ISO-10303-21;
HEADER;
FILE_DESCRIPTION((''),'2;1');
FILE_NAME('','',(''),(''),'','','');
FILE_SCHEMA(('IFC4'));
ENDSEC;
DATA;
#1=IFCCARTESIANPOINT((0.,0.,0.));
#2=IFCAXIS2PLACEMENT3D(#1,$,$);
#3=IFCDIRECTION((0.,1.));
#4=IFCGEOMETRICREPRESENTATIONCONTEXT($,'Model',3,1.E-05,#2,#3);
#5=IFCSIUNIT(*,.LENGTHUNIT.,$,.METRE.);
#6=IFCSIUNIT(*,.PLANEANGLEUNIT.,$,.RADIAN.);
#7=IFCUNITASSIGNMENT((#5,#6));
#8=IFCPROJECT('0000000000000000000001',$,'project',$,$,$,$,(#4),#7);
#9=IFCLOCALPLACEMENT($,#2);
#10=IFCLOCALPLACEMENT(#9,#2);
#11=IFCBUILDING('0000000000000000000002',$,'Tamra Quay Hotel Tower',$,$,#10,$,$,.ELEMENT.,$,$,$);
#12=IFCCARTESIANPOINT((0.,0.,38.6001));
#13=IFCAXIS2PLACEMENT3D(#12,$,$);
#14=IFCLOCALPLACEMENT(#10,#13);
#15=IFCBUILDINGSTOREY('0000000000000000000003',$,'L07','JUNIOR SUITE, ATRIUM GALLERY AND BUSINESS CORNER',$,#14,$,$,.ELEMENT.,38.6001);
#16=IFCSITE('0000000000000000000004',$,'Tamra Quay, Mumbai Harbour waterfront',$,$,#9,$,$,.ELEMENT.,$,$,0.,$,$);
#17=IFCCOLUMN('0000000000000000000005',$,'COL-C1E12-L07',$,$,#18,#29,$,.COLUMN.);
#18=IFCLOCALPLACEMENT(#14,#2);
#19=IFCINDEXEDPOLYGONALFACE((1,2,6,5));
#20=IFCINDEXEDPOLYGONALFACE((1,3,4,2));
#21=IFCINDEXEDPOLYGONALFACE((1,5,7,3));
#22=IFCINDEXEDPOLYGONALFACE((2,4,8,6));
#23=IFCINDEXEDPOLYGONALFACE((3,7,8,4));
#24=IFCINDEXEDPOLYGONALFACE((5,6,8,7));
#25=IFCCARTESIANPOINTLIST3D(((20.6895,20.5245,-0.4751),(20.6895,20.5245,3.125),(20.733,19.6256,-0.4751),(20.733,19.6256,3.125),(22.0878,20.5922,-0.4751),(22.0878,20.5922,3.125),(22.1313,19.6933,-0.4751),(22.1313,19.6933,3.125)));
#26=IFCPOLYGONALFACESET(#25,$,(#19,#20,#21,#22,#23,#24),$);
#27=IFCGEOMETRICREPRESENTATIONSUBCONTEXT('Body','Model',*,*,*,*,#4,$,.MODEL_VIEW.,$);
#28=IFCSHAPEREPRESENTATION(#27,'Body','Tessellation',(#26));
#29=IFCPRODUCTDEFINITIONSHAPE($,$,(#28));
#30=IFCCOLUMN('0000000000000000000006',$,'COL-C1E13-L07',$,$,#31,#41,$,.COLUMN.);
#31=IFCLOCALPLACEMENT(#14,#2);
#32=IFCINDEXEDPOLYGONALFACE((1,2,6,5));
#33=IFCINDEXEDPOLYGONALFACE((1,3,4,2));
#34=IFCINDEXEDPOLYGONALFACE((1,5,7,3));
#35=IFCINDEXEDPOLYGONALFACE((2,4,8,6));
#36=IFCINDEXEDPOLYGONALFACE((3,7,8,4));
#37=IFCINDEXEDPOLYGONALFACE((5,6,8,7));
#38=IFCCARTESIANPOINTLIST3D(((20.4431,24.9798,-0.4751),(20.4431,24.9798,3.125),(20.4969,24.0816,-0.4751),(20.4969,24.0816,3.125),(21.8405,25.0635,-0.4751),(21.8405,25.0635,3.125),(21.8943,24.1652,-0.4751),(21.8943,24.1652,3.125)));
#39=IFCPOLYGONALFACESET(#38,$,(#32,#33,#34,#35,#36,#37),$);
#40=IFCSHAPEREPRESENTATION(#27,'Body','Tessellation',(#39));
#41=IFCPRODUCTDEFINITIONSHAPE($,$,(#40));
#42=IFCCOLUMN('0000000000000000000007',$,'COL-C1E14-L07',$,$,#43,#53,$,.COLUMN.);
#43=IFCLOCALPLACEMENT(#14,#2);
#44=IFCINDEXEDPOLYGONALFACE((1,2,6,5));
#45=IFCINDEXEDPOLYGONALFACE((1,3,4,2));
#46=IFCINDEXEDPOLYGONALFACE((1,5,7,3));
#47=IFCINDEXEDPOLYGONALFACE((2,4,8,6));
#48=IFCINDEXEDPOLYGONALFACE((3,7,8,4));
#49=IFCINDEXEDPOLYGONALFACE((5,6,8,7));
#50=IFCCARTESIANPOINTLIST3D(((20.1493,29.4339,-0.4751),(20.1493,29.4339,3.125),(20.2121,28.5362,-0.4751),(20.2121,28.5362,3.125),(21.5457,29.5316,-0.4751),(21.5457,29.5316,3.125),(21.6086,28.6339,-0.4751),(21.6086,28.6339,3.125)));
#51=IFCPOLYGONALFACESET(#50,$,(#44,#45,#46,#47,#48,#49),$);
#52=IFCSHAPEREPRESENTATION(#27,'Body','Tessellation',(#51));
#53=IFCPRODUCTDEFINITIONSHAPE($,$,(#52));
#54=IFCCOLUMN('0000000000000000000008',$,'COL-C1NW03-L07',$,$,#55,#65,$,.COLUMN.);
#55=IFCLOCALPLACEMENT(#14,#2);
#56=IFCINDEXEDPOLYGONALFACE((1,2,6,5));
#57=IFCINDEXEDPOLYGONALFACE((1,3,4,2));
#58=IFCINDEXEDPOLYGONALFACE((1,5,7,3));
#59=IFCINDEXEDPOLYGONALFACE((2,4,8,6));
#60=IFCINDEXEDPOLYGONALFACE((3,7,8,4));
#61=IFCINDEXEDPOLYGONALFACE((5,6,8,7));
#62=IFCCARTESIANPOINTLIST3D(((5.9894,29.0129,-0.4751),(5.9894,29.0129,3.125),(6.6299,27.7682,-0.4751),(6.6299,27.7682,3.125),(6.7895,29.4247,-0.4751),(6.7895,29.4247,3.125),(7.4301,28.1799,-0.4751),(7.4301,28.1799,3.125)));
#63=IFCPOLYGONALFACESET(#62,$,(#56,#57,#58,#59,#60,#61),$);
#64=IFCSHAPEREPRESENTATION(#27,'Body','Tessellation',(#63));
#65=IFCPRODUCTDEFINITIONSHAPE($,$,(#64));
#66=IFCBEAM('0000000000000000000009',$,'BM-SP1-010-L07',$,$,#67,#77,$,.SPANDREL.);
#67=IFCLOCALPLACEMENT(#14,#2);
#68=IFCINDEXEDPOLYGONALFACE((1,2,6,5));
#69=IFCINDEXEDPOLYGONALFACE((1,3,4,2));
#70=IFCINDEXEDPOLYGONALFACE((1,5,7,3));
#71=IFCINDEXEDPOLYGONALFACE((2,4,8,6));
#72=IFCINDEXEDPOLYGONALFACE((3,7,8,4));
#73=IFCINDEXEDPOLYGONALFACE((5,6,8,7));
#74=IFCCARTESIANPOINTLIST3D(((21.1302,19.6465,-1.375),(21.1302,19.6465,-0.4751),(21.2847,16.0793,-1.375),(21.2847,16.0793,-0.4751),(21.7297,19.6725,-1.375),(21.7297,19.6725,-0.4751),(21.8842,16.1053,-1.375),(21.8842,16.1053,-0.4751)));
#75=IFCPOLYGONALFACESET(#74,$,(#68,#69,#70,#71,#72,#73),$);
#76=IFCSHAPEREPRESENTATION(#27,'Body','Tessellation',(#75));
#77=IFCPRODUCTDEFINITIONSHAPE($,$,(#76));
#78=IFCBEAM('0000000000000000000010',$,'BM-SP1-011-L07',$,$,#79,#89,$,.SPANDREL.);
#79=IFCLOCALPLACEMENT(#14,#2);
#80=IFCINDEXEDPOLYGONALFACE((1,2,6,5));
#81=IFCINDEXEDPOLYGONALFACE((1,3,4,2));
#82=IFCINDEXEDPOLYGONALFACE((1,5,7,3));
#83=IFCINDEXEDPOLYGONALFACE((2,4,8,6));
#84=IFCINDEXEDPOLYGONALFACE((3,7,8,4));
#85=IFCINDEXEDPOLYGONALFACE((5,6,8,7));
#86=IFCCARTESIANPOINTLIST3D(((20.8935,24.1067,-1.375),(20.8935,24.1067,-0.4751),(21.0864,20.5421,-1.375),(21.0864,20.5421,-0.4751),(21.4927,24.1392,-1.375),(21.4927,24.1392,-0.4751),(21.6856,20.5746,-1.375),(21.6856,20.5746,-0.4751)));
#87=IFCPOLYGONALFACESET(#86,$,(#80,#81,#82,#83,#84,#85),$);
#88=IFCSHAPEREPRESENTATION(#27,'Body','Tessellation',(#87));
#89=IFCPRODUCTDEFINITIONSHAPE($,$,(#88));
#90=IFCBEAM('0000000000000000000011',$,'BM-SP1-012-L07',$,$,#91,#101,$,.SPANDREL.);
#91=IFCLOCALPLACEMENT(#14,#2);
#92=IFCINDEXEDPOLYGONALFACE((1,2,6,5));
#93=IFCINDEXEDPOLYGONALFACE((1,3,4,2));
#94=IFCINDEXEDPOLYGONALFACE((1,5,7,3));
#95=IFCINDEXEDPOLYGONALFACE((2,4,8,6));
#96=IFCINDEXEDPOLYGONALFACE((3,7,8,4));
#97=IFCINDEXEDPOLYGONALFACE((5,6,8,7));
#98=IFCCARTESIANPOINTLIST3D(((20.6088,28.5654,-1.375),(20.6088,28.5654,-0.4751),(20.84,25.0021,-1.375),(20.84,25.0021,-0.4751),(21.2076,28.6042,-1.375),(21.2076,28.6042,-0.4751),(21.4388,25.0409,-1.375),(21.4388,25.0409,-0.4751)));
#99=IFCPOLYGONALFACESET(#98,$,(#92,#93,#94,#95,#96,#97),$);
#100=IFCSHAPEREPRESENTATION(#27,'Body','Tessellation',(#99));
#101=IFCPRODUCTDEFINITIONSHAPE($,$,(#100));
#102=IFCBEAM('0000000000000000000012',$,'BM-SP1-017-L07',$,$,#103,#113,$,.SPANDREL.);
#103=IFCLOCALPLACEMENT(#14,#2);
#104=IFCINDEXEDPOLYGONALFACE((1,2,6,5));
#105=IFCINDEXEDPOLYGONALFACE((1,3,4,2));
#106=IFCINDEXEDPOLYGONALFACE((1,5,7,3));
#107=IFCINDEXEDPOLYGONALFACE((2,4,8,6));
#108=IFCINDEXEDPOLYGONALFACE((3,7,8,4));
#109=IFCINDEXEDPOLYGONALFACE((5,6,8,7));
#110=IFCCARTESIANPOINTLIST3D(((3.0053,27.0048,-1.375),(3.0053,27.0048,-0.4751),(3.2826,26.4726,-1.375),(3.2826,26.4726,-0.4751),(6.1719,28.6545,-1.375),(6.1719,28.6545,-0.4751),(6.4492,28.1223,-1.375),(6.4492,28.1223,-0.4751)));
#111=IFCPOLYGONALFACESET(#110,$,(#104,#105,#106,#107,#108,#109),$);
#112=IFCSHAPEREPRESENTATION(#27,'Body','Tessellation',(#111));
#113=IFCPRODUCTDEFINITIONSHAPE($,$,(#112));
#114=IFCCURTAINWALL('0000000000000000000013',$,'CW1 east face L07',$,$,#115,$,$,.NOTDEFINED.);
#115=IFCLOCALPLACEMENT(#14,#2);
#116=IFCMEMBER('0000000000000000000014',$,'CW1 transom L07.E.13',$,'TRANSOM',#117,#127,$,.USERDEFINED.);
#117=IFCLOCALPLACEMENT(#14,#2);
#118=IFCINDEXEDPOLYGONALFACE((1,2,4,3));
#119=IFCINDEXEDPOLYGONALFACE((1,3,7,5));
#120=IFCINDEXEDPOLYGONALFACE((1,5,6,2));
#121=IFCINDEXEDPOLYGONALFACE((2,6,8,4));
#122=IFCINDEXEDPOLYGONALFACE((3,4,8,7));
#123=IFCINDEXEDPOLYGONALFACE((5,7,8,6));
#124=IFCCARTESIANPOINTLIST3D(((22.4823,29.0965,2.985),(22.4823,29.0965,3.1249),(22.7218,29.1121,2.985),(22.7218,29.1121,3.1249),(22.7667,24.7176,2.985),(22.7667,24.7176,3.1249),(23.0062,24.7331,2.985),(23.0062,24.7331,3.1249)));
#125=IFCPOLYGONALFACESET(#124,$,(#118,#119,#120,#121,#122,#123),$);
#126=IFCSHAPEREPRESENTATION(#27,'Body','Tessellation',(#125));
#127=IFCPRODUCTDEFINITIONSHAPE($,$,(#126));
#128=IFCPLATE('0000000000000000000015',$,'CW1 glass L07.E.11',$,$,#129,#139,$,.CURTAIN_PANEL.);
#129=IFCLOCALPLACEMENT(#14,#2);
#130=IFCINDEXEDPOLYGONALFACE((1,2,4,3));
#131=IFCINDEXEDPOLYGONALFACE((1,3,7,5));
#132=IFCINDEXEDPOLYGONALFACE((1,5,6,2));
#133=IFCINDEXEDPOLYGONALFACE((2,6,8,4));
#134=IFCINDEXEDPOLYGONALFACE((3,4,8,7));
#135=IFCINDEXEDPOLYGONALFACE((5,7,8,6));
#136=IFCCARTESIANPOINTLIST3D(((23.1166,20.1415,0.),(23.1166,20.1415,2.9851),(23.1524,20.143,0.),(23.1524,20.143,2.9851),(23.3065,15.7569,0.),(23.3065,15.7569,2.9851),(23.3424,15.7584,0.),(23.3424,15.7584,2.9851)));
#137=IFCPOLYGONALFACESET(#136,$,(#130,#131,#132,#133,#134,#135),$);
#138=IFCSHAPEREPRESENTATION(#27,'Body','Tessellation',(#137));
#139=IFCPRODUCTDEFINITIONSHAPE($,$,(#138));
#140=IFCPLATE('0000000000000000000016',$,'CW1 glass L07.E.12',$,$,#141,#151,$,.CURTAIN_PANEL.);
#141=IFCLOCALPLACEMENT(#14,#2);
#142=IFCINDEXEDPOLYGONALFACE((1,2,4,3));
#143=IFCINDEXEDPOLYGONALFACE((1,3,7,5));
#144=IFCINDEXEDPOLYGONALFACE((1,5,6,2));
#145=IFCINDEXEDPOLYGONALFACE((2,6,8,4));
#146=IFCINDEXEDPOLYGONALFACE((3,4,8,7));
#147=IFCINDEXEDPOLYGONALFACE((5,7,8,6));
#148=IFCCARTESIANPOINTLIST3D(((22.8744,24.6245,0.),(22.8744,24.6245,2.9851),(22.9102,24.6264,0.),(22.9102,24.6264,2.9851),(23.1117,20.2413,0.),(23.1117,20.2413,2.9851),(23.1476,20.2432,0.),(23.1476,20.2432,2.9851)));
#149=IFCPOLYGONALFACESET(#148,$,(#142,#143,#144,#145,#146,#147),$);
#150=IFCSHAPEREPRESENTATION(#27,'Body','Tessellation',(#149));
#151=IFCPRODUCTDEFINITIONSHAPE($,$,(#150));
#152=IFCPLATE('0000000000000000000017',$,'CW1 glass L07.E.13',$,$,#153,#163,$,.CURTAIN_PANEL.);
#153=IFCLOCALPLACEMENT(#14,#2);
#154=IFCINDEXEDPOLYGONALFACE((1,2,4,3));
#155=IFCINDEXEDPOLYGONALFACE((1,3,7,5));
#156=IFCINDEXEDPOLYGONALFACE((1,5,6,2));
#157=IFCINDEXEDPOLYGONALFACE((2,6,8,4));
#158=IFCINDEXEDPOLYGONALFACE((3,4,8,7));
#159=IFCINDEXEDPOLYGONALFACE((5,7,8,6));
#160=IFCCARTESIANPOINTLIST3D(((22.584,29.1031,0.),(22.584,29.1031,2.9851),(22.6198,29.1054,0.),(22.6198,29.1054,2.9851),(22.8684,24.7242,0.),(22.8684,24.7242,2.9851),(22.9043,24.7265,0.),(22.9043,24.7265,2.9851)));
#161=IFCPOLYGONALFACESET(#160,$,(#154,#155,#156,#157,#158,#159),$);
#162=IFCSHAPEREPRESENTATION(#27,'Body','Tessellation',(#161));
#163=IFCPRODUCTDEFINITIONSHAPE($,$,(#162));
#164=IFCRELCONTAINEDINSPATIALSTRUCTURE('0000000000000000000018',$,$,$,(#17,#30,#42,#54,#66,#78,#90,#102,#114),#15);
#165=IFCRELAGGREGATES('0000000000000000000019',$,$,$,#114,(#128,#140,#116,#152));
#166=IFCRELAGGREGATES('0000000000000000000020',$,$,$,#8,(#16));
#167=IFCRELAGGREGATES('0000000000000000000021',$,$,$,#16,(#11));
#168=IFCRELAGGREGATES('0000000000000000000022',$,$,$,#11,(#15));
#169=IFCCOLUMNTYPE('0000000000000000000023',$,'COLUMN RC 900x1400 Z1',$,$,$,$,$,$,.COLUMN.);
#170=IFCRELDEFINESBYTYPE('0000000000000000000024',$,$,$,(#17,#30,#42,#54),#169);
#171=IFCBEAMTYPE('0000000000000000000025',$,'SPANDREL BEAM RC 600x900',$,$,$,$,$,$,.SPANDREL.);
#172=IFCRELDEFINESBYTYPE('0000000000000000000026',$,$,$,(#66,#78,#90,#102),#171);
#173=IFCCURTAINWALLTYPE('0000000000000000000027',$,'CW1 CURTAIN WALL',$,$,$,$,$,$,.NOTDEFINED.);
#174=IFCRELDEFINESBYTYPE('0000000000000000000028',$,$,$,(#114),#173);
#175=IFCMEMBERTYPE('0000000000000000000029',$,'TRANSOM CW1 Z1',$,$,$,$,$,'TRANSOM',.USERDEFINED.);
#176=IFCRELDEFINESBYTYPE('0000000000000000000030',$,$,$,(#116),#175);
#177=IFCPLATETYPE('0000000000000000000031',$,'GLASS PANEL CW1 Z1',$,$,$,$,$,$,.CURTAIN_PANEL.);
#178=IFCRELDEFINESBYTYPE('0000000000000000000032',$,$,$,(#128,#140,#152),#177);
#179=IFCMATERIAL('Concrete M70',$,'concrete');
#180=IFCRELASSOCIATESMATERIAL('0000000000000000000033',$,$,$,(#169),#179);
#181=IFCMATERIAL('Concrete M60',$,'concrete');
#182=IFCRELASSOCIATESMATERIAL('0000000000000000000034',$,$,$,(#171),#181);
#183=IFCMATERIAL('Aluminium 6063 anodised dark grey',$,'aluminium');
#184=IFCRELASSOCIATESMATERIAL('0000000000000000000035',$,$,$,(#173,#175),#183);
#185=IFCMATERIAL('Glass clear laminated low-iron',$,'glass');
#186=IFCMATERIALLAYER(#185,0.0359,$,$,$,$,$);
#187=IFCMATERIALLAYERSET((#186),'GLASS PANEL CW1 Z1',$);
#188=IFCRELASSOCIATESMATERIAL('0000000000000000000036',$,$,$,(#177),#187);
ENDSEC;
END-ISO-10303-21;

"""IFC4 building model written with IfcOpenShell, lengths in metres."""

from ifc_helpers import new_model, si_unit, direction, frame, origin, origin_2d, place, context, subcontext, project, spatial, rectangle, extrude, material, layer, layer_set, material_profile, profile_set, type_object, element, aggregate, save


model = new_model("IFC4")

# Units and contexts
model_context = context("Model", 3, precision=1e-05, world=origin(), true_north=direction((0.0, 1.0)))
body_context = subcontext(model_context, "Body", "Model", "MODEL_VIEW")
ifc_project = project(units=[si_unit("LENGTHUNIT", "METRE"), si_unit("PLANEANGLEUNIT", "RADIAN")], contexts=[model_context])

# Site, building, storey
site_placement = place(None, origin())
site = spatial("IfcSite", under=ifc_project, at=site_placement, Name="Tamra Quay, Mumbai Harbour waterfront", CompositionType="ELEMENT", RefElevation=0.0)
building_placement = place(site_placement, origin())
building = spatial("IfcBuilding", under=site, at=building_placement, Name="Tamra Quay Hotel Tower", CompositionType="ELEMENT")
storey_placement = place(building_placement, frame((0.0, 0.0, 38.6001)))
storey = spatial("IfcBuildingStorey", under=building, at=storey_placement, Name="L07", Description="JUNIOR SUITE, ATRIUM GALLERY AND BUSINESS CORNER", CompositionType="ELEMENT", Elevation=38.6001)

# Columns
ifc_material_1 = material(Name="Concrete M70", Category="concrete")
ifc_material_profile_1 = material_profile(ifc_material_1, rectangle(XDim=1.3999, YDim=0.8999, at=origin_2d()), Name="COLUMN RC 900x1400 Z1")
ifc_profile_set_1 = profile_set([ifc_material_profile_1], Name="Concrete M70")
column_type = type_object("IfcColumnType", Name="COLUMN RC 900x1400 Z1", PredefinedType="COLUMN", material=ifc_profile_set_1)
for number, where, z_axis, x_axis, name in (
    (1, (21.4104, 20.1089, -0.4751), (0.0, 0.0, 1.0), (0.998831, 0.048344, 0.0), "COL-C1E12-L07"),
    (2, (21.1687, 24.5725, -0.4751), (0.0, 0.0, 1.0), (0.998214, 0.059733, 0.0), "COL-C1E13-L07"),
    (3, (20.8789, 29.0339, -0.4751), (0.0, 0.0, 1.0), (0.997562, 0.06979, 0.0), "COL-C1E14-L07"),
    (4, (6.7097, 28.5964, -0.4751), (0.0, 0.0, 1.0), (-0.457548, 0.889185, 0.0), "COL-C1NW03-L07"),
):
    element("IfcColumn", number, at=place(storey_placement, frame(where, z_axis=z_axis, x_axis=x_axis)), inside=storey, type_object=column_type, Name=name, PredefinedType="COLUMN", context=body_context, shape_type="SweptSolid", body=[
        extrude(rectangle(XDim=1.3999, YDim=0.8999, at=origin_2d()), origin(), (0.0, 0.0, 1.0), 3.6001),
    ])

# Beams
ifc_material_2 = material(Name="Concrete M60", Category="concrete")
ifc_material_profile_2 = material_profile(ifc_material_2, rectangle(XDim=0.6001, YDim=0.8999, at=origin_2d()), Name="SPANDREL BEAM RC 600x900")
ifc_profile_set_2 = profile_set([ifc_material_profile_2], Name="Concrete M60")
beam_type = type_object("IfcBeamType", Name="SPANDREL BEAM RC 600x900", PredefinedType="SPANDREL", material=ifc_profile_set_2)
beam_1_placement = place(storey_placement, frame((21.5845, 16.0923, -0.925), z_axis=(-0.043283, 0.999063, 0.0), x_axis=(-0.999063, -0.043283, 0.0)))
element("IfcBeam", 5, at=beam_1_placement, inside=storey, type_object=beam_type, Name="BM-SP1-010-L07", PredefinedType="SPANDREL", context=body_context, shape_type="SweptSolid", body=[
    extrude(rectangle(XDim=0.6001, YDim=0.8999, at=origin_2d()), origin(), (0.0, 0.0, 1.0), 3.5706),
])
beam_2_placement = place(storey_placement, frame((21.386, 20.5583, -0.925), z_axis=(-0.054027, 0.998539, 0.0), x_axis=(-0.998539, -0.054027, 0.0)))
element("IfcBeam", 6, at=beam_2_placement, inside=storey, type_object=beam_type, Name="BM-SP1-011-L07", PredefinedType="SPANDREL", context=body_context, shape_type="SweptSolid", body=[
    extrude(rectangle(XDim=0.6001, YDim=0.8999, at=origin_2d()), origin(), (0.0, 0.0, 1.0), 3.5698),
])
beam_3_placement = place(storey_placement, frame((21.1394, 25.0215, -0.925), z_axis=(-0.064749, 0.997902, 0.0), x_axis=(-0.997902, -0.064749, 0.0)))
element("IfcBeam", 7, at=beam_3_placement, inside=storey, type_object=beam_type, Name="BM-SP1-012-L07", PredefinedType="SPANDREL", context=body_context, shape_type="SweptSolid", body=[
    extrude(rectangle(XDim=0.6001, YDim=0.8999, at=origin_2d()), origin(), (0.0, 0.0, 1.0), 3.5708),
])
beam_4_placement = place(storey_placement, frame((6.3105, 28.3884, -0.925), z_axis=(-0.886864, -0.462031, 0.0), x_axis=(0.462031, -0.886864, 0.0)))
element("IfcBeam", 8, at=beam_4_placement, inside=storey, type_object=beam_type, Name="BM-SP1-017-L07", PredefinedType="SPANDREL", context=body_context, shape_type="SweptSolid", body=[
    extrude(rectangle(XDim=0.6001, YDim=0.8999, at=origin_2d()), origin(), (0.0, 0.0, 1.0), 3.5706),
])

# Curtain wall, member, plates
ifc_material_3 = material(Name="Aluminium 6063 anodised dark grey", Category="aluminium")
curtain_wall_type = type_object("IfcCurtainWallType", Name="CW1 CURTAIN WALL", PredefinedType="NOTDEFINED", material=ifc_material_3)
curtain_wall_placement = place(storey_placement, origin())
curtain_wall = element("IfcCurtainWall", 9, at=curtain_wall_placement, inside=storey, type_object=curtain_wall_type, Name="CW1 east face L07", PredefinedType="NOTDEFINED")
ifc_material_profile_3 = material_profile(ifc_material_3, rectangle(XDim=0.24, YDim=0.1399, at=origin_2d()), Name="TRANSOM 240X140")
ifc_profile_set_3 = profile_set([ifc_material_profile_3], Name="Aluminium 6063 anodised dark grey")
member_type = type_object("IfcMemberType", Name="TRANSOM CW1 Z1", ElementType="TRANSOM", PredefinedType="USERDEFINED", material=ifc_profile_set_3)
member_placement = place(storey_placement, frame((22.8865, 24.7253, 3.0549), z_axis=(-0.064817, 0.997897, 0.0), x_axis=(-0.997897, -0.064817, 0.0)))
member = element("IfcMember", 10, at=member_placement, type_object=member_type, Name="CW1 transom L07.E.13", ObjectType="TRANSOM", PredefinedType="USERDEFINED", context=body_context, shape_type="SweptSolid", body=[
    extrude(rectangle(XDim=0.24, YDim=0.1399, at=origin_2d()), origin(), (0.0, 0.0, 1.0), 4.3882),
])
ifc_material_4 = material(Name="Glass clear laminated low-iron", Category="glass")
ifc_layer_1 = layer(ifc_material_4, 0.0359)
ifc_layer_set_1 = layer_set([ifc_layer_1], Name="GLASS PANEL CW1 Z1")
plate_type = type_object("IfcPlateType", Name="GLASS PANEL CW1 Z1", PredefinedType="CURTAIN_PANEL", material=ifc_layer_set_1)
plate_1_placement = place(storey_placement, frame((23.2295, 17.95, 0.0), z_axis=(0.0, 0.0, 1.0), x_axis=(-0.043286, 0.999063, 0.0)))
plate_1 = element("IfcPlate", 11, at=plate_1_placement, type_object=plate_type, Name="CW1 glass L07.E.11", PredefinedType="CURTAIN_PANEL", context=body_context, shape_type="SweptSolid", body=[
    extrude(rectangle(XDim=4.3887, YDim=0.0359, at=origin_2d()), origin(), (0.0, 0.0, 1.0), 2.9851),
])
plate_2_placement = place(storey_placement, frame((23.011, 22.4338, 0.0), z_axis=(0.0, 0.0, 1.0), x_axis=(-0.054062, 0.998538, 0.0)))
plate_2 = element("IfcPlate", 12, at=plate_2_placement, type_object=plate_type, Name="CW1 glass L07.E.12", PredefinedType="CURTAIN_PANEL", context=body_context, shape_type="SweptSolid", body=[
    extrude(rectangle(XDim=4.3896, YDim=0.0359, at=origin_2d()), origin(), (0.0, 0.0, 1.0), 2.9851),
])
plate_3_placement = place(storey_placement, frame((22.7441, 26.9148, 0.0), z_axis=(0.0, 0.0, 1.0), x_axis=(-0.064813, 0.997897, 0.0)))
plate_3 = element("IfcPlate", 13, at=plate_3_placement, type_object=plate_type, Name="CW1 glass L07.E.13", PredefinedType="CURTAIN_PANEL", context=body_context, shape_type="SweptSolid", body=[
    extrude(rectangle(XDim=4.3882, YDim=0.0359, at=origin_2d()), origin(), (0.0, 0.0, 1.0), 2.9851),
])
aggregate(curtain_wall, [plate_1, plate_2, member, plate_3])

save(model, "model.ifc")
